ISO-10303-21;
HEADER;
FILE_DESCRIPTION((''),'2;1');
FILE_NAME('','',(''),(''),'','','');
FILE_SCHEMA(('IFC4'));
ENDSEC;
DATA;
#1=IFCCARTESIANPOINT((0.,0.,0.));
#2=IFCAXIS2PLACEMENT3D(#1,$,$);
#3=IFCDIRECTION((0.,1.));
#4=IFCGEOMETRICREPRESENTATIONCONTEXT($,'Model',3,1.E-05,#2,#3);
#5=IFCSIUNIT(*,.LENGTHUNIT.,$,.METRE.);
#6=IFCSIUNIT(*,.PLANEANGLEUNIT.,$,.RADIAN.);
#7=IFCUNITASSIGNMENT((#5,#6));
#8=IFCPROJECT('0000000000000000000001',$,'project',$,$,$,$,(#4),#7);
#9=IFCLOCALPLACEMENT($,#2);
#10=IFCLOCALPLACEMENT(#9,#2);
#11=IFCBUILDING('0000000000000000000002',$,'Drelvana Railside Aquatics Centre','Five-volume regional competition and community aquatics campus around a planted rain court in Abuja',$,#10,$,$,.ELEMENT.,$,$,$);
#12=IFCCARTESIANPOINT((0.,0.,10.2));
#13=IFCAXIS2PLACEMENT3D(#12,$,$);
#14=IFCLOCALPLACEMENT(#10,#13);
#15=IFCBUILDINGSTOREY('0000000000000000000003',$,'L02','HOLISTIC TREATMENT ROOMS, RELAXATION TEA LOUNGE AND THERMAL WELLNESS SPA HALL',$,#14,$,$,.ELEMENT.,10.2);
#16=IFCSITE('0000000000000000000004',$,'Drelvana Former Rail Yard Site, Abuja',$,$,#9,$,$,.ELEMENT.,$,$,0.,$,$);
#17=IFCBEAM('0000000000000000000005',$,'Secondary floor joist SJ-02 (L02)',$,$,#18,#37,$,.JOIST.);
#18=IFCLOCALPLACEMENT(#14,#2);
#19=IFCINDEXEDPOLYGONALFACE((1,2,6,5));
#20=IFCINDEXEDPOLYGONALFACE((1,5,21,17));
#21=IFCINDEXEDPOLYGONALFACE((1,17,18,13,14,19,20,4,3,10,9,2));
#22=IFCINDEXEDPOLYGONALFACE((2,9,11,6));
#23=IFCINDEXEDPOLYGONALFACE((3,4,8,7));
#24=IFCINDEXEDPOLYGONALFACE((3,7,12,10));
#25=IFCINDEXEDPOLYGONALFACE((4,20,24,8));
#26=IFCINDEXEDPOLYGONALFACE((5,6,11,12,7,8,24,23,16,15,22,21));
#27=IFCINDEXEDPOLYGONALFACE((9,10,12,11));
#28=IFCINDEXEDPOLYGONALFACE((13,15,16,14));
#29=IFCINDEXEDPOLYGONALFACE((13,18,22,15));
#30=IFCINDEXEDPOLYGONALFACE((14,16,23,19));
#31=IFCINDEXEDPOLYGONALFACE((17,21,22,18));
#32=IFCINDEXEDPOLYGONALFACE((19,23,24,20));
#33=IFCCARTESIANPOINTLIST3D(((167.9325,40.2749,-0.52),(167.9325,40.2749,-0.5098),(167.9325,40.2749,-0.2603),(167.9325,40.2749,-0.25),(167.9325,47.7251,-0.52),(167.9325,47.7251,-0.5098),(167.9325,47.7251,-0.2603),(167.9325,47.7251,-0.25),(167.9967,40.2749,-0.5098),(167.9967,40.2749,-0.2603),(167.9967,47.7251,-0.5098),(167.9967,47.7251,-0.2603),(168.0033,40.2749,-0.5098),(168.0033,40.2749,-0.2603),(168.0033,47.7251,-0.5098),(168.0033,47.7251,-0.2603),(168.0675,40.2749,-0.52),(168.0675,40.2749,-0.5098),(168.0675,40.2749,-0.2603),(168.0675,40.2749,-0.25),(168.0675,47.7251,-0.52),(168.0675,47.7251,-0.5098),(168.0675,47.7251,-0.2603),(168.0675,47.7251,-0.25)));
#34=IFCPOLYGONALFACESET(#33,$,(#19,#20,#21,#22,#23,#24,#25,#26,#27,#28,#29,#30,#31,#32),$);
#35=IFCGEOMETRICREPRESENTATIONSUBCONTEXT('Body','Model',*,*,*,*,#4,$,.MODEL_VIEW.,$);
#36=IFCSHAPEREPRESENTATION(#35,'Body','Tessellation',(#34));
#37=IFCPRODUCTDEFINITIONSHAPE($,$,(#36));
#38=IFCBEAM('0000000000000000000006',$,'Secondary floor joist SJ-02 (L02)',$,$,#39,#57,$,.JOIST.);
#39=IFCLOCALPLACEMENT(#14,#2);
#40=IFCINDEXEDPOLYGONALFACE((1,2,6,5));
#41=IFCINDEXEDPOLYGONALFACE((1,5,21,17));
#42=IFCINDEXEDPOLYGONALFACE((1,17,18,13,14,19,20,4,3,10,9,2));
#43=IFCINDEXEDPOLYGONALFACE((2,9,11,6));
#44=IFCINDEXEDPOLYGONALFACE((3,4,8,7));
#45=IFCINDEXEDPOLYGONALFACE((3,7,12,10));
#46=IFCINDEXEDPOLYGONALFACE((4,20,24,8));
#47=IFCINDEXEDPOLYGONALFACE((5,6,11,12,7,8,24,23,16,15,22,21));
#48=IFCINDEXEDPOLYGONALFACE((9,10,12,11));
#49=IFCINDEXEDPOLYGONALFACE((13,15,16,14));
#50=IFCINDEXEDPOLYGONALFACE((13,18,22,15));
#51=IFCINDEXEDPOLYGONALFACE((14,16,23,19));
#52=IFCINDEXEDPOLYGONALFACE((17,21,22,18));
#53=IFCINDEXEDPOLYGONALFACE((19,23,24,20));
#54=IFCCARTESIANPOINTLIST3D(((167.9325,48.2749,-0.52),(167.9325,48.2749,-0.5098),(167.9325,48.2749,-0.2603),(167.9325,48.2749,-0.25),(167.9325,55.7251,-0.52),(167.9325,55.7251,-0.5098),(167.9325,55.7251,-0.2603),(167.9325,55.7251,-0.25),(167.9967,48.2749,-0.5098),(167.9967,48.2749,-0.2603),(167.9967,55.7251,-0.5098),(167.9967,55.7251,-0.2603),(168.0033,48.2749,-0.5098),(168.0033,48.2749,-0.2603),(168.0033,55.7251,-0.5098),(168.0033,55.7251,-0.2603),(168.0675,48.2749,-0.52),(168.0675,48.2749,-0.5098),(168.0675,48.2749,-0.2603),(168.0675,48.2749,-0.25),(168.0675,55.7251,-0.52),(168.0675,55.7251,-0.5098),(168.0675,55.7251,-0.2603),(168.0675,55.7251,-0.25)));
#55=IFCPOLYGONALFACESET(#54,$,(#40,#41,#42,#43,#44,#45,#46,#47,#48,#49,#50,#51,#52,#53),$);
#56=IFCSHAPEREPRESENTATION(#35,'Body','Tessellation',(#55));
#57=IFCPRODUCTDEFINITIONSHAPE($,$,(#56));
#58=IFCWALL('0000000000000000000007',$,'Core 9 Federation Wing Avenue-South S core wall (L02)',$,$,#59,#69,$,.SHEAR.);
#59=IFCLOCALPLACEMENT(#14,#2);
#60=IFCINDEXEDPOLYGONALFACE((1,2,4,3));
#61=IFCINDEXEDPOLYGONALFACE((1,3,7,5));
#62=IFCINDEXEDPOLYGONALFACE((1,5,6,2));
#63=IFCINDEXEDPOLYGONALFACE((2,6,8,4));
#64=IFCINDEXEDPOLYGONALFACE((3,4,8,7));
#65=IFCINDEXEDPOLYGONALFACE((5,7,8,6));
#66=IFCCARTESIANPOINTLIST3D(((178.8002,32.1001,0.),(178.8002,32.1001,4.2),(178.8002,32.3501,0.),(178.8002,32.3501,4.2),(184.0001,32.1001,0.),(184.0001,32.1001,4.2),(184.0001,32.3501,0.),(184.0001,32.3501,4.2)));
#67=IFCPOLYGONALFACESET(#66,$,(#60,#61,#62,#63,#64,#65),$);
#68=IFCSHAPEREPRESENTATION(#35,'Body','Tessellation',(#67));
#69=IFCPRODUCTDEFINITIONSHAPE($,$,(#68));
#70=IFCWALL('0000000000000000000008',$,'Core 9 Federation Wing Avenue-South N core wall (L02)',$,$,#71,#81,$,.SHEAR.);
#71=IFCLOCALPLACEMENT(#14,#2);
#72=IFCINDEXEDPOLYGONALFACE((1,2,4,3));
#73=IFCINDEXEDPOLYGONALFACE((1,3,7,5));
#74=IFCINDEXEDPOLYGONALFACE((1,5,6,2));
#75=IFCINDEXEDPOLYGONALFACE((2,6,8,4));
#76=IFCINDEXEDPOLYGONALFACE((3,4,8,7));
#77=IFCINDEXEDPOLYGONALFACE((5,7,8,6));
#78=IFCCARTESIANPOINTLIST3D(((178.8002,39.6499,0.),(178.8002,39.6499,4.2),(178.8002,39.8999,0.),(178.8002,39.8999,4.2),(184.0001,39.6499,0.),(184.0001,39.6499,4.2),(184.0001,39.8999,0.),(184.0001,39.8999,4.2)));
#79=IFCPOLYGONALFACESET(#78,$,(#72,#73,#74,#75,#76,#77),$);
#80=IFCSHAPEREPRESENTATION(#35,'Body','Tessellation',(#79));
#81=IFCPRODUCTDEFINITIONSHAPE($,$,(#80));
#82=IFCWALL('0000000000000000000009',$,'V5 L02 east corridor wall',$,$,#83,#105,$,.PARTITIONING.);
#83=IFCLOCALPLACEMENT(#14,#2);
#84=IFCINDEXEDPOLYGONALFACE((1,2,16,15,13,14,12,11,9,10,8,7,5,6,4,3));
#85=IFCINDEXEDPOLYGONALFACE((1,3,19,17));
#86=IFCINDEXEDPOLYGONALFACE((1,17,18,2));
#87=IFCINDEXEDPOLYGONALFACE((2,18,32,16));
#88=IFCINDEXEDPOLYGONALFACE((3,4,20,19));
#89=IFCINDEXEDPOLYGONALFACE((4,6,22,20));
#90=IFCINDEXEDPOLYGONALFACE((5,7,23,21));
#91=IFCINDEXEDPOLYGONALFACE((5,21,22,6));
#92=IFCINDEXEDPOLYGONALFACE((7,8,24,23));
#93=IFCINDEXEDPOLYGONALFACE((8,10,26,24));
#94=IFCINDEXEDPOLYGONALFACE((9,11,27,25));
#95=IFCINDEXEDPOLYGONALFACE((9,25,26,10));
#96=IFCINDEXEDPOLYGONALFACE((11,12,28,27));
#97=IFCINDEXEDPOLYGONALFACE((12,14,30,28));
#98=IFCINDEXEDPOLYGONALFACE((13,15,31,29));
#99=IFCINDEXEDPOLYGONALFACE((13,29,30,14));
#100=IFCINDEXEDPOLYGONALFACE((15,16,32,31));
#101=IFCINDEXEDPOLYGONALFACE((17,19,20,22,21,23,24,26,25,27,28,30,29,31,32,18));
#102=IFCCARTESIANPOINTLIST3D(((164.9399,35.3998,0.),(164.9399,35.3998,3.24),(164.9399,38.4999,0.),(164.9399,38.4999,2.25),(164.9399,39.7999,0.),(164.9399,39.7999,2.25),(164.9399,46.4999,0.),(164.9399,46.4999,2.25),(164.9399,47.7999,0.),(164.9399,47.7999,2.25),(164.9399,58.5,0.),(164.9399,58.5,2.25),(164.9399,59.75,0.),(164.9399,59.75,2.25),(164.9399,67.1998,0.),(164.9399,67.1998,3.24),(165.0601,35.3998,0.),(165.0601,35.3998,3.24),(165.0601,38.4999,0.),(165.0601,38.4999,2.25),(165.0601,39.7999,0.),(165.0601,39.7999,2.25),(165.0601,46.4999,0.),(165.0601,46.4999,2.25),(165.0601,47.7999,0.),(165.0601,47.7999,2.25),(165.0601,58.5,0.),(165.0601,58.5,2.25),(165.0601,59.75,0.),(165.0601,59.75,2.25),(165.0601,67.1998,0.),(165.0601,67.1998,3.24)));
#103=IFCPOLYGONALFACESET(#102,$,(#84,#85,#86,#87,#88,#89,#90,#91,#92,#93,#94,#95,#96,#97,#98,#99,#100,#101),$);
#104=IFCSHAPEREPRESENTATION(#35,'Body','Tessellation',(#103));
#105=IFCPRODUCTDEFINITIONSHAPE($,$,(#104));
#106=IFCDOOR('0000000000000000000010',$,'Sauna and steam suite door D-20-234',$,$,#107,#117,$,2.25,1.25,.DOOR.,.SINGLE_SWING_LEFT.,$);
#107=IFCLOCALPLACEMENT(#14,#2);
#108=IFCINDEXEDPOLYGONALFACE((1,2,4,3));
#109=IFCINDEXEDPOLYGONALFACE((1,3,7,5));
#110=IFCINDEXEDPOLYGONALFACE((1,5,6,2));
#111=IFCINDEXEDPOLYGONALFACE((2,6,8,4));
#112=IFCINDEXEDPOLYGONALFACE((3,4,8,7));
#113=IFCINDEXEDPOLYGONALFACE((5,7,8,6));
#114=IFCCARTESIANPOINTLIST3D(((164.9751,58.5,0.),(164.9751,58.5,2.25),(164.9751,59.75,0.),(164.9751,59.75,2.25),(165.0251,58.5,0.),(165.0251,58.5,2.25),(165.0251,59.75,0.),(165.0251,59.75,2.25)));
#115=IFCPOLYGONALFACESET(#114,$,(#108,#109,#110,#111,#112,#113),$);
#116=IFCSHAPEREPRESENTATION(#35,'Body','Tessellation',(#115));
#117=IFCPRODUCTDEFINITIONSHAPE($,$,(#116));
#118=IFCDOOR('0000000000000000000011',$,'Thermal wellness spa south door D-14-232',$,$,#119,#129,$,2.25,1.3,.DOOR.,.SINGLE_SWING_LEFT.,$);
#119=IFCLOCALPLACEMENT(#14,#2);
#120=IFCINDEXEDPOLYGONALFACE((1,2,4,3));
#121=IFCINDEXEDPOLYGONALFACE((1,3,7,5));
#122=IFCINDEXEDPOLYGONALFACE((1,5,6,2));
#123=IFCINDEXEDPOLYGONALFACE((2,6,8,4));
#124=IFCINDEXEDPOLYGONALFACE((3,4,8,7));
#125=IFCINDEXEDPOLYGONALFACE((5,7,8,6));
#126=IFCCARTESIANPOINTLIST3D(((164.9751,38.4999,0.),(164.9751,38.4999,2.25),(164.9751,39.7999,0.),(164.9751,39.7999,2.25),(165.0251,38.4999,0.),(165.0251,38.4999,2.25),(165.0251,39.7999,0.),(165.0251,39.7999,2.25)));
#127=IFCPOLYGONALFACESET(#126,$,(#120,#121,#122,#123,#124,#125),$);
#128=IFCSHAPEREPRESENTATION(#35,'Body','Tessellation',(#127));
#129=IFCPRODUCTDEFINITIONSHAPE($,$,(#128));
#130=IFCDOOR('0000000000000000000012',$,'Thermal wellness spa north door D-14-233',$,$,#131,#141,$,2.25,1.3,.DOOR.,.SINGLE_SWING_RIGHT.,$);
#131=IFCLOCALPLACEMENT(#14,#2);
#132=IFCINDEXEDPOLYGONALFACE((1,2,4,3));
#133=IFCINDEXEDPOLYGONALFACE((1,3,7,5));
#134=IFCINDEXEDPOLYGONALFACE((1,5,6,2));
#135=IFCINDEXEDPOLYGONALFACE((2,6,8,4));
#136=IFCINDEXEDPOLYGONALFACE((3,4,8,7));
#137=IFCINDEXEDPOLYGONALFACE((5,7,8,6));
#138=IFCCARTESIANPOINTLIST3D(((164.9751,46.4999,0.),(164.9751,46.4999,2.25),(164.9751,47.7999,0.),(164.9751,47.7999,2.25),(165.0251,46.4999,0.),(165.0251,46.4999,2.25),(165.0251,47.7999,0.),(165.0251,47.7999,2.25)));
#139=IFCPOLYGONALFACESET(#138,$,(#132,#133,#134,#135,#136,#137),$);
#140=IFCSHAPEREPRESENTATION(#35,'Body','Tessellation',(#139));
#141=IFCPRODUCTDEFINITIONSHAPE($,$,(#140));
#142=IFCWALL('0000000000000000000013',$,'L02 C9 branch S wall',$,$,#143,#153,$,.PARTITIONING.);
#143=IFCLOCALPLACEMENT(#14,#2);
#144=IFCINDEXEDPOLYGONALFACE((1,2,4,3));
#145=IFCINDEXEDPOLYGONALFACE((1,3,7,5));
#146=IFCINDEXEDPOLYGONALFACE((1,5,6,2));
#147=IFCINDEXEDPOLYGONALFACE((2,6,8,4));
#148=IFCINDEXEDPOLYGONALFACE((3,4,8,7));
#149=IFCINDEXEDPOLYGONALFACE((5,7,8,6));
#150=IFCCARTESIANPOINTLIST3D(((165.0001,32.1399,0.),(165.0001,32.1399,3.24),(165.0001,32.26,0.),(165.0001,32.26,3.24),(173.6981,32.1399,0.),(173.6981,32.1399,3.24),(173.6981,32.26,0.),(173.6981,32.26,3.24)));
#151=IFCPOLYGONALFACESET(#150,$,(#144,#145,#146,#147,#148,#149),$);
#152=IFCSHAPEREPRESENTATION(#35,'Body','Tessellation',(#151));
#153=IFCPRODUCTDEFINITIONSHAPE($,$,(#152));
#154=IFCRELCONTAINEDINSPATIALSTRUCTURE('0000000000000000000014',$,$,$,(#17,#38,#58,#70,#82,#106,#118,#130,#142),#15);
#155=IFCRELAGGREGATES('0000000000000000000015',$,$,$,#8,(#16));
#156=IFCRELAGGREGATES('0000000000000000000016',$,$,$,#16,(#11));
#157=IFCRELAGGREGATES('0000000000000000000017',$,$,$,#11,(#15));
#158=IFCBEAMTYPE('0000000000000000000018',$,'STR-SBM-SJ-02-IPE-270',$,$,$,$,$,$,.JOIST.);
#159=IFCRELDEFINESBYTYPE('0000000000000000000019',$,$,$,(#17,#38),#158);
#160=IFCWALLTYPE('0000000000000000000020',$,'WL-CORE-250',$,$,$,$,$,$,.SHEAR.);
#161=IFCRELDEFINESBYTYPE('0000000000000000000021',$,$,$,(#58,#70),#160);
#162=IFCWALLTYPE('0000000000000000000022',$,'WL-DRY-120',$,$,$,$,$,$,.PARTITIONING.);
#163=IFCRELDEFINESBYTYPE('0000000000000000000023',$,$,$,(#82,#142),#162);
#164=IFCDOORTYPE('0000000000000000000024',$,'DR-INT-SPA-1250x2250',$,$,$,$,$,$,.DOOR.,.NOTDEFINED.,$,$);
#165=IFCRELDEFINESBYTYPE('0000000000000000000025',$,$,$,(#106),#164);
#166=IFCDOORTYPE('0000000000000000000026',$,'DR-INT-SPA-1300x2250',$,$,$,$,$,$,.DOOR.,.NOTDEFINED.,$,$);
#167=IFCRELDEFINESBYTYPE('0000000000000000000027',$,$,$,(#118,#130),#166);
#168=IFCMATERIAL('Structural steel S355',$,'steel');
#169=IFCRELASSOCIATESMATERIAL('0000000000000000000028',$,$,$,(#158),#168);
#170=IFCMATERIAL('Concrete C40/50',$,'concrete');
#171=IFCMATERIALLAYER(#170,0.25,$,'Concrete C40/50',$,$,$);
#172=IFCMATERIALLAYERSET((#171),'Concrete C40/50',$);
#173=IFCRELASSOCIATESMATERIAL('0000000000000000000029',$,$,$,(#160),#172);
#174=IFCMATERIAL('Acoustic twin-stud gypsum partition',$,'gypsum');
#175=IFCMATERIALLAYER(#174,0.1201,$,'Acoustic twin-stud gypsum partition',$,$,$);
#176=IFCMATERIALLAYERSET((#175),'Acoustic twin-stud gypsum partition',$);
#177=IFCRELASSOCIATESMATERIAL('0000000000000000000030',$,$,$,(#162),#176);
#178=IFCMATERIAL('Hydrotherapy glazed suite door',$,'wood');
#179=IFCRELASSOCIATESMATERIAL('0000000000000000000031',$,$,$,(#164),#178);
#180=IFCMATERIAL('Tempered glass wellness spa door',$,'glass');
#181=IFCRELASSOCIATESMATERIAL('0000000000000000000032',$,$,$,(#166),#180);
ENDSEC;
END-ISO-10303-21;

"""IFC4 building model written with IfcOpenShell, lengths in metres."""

from ifc_helpers import new_model, si_unit, direction, frame, frame_2d, origin, origin_2d, place, context, subcontext, project, spatial, rectangle, i_section, extrude, material, layer, layer_set, material_profile, profile_set, type_object, element, fill, save


model = new_model("IFC4")

# Units and contexts
model_context = context("Model", 3, precision=1e-05, world=origin(), true_north=direction((0.0, 1.0)))
body_context = subcontext(model_context, "Body", "Model", "MODEL_VIEW")
ifc_project = project(units=[si_unit("LENGTHUNIT", "METRE"), si_unit("PLANEANGLEUNIT", "RADIAN")], contexts=[model_context])

# Site, building, storey
site_placement = place(None, origin())
site = spatial("IfcSite", under=ifc_project, at=site_placement, Name="Drelvana Former Rail Yard Site, Abuja", CompositionType="ELEMENT", RefElevation=0.0)
building_placement = place(site_placement, origin())
building = spatial("IfcBuilding", under=site, at=building_placement, Name="Drelvana Railside Aquatics Centre", Description="Five-volume regional competition and community aquatics campus around a planted rain court in Abuja", CompositionType="ELEMENT")
storey_placement = place(building_placement, frame((0.0, 0.0, 10.2)))
storey = spatial("IfcBuildingStorey", under=building, at=storey_placement, Name="L02", Description="HOLISTIC TREATMENT ROOMS, RELAXATION TEA LOUNGE AND THERMAL WELLNESS SPA HALL", CompositionType="ELEMENT", Elevation=10.2)

# Shared definitions
ifc_material_1 = material(Name="Concrete C40/50", Category="concrete")

# Beams
ifc_material_2 = material(Name="Structural steel S355", Category="steel")
ifc_material_profile_1 = material_profile(ifc_material_2, i_section(OverallWidth=0.135, OverallDepth=0.27, WebThickness=0.0066, FlangeThickness=0.0103, at=origin_2d()), Name="IPE 270")
ifc_profile_set_1 = profile_set([ifc_material_profile_1], Name="Structural steel S355")
beam_type_1 = type_object("IfcBeamType", Name="STR-SBM-SJ-02-IPE-270", PredefinedType="JOIST", material=ifc_profile_set_1)
for number, where, z_axis, x_axis, name in (
    (1, (168.0, 40.2749, -0.385), (0.0, 1.0, 0.0), (-1.0, 0.0, 0.0), "Secondary floor joist SJ-02 (L02)"),
    (2, (168.0, 48.2749, -0.385), (0.0, 1.0, 0.0), (-1.0, 0.0, 0.0), "Secondary floor joist SJ-02 (L02)"),
):
    element("IfcBeam", number, at=place(storey_placement, frame(where, z_axis=z_axis, x_axis=x_axis)), inside=storey, type_object=beam_type_1, Name=name, PredefinedType="JOIST", context=body_context, shape_type="SweptSolid", body=[
        extrude(i_section(OverallWidth=0.135, OverallDepth=0.27, WebThickness=0.0066, FlangeThickness=0.0103, at=origin_2d()), origin(), (0.0, 0.0, 1.0), 7.4502),
    ])

# Walls
ifc_layer_1 = layer(ifc_material_1, 0.25, Name="Concrete C40/50")
ifc_layer_set_1 = layer_set([ifc_layer_1], Name="Concrete C40/50")
wall_type_1 = type_object("IfcWallType", Name="WL-CORE-250", PredefinedType="SHEAR", material=ifc_layer_set_1)
for number, where, z_axis, x_axis, name in (
    (3, (178.8, 32.2251, 0.0), (0.0, 0.0, 1.0), (1.0, 0.0, 0.0), "Core 9 Federation Wing Avenue-South S core wall (L02)"),
    (4, (178.8, 39.7749, 0.0), (0.0, 0.0, 1.0), (1.0, 0.0, 0.0), "Core 9 Federation Wing Avenue-South N core wall (L02)"),
):
    element("IfcWall", number, at=place(storey_placement, frame(where, z_axis=z_axis, x_axis=x_axis)), inside=storey, type_object=wall_type_1, Name=name, PredefinedType="SHEAR", context=body_context, shape_type="SweptSolid", body=[
        extrude(rectangle(XDim=5.2, YDim=0.25, at=frame_2d((2.6001, 0.0))), origin(), (0.0, 0.0, 1.0), 4.2),
    ])

# Wall, openings, doors
ifc_material_3 = material(Name="Acoustic twin-stud gypsum partition", Category="gypsum")
ifc_layer_2 = layer(ifc_material_3, 0.1201, Name="Acoustic twin-stud gypsum partition")
ifc_layer_set_2 = layer_set([ifc_layer_2], Name="Acoustic twin-stud gypsum partition")
wall_type_2 = type_object("IfcWallType", Name="WL-DRY-120", PredefinedType="PARTITIONING", material=ifc_layer_set_2)
wall_1_placement = place(storey_placement, frame((165.0, 35.3999, 0.0), z_axis=(0.0, 0.0, 1.0), x_axis=(0.0, 1.0, 0.0)))
wall_1 = element("IfcWall", 5, at=wall_1_placement, inside=storey, type_object=wall_type_2, Name="V5 L02 east corridor wall", PredefinedType="PARTITIONING", context=body_context, shape_type="SweptSolid", body=[
    extrude(rectangle(XDim=31.8, YDim=0.1201, at=frame_2d((15.8999, 0.0))), origin(), (0.0, 0.0, 1.0), 3.24),
])
opening_1_placement = place(wall_1_placement, frame((3.1001, 0.0, 0.0)))
opening_1 = element("IfcOpeningElement", 6, at=opening_1_placement, cuts=wall_1, PredefinedType="OPENING", context=body_context, shape_type="SweptSolid", body=[
    extrude(rectangle(XDim=1.3, YDim=2.25, at=frame_2d((0.6499, 1.125))), frame((0.0, 0.0701, 0.0), z_axis=(0.0, -1.0, 0.0), x_axis=(1.0, 0.0, 0.0)), (0.0, 0.0, 1.0), 0.1401),
])
opening_2_placement = place(wall_1_placement, frame((11.1001, 0.0, 0.0)))
opening_2 = element("IfcOpeningElement", 7, at=opening_2_placement, cuts=wall_1, PredefinedType="OPENING", context=body_context, shape_type="SweptSolid", body=[
    extrude(rectangle(XDim=1.3, YDim=2.25, at=frame_2d((0.6499, 1.125))), frame((0.0, 0.0701, 0.0), z_axis=(0.0, -1.0, 0.0), x_axis=(1.0, 0.0, 0.0)), (0.0, 0.0, 1.0), 0.1401),
])
opening_3_placement = place(wall_1_placement, frame((23.1001, 0.0, 0.0)))
opening_3 = element("IfcOpeningElement", 8, at=opening_3_placement, cuts=wall_1, PredefinedType="OPENING", context=body_context, shape_type="SweptSolid", body=[
    extrude(rectangle(XDim=1.25, YDim=2.25, at=frame_2d((0.625, 1.125))), frame((0.0, 0.0701, 0.0), z_axis=(0.0, -1.0, 0.0), x_axis=(1.0, 0.0, 0.0)), (0.0, 0.0, 1.0), 0.1401),
])
ifc_material_4 = material(Name="Hydrotherapy glazed suite door", Category="wood")
door_type_1 = type_object("IfcDoorType", Name="DR-INT-SPA-1250x2250", OperationType="NOTDEFINED", PredefinedType="DOOR", material=ifc_material_4)
door_1_placement = place(opening_3_placement, origin())
door_1 = element("IfcDoor", 9, at=door_1_placement, inside=storey, type_object=door_type_1, Name="Sauna and steam suite door D-20-234", OperationType="SINGLE_SWING_LEFT", OverallHeight=2.25, OverallWidth=1.25, PredefinedType="DOOR", context=body_context, shape_type="SweptSolid", body=[
    extrude(rectangle(XDim=1.25, YDim=2.25, at=frame_2d((0.625, 1.125))), frame((0.0, 0.0249, 0.0), z_axis=(0.0, -1.0, 0.0), x_axis=(1.0, 0.0, 0.0)), (0.0, 0.0, 1.0), 0.05),
])
fill(opening_3, door_1)
ifc_material_5 = material(Name="Tempered glass wellness spa door", Category="glass")
door_type_2 = type_object("IfcDoorType", Name="DR-INT-SPA-1300x2250", OperationType="NOTDEFINED", PredefinedType="DOOR", material=ifc_material_5)
door_2_placement = place(opening_1_placement, origin())
door_2 = element("IfcDoor", 10, at=door_2_placement, inside=storey, type_object=door_type_2, Name="Thermal wellness spa south door D-14-232", OperationType="SINGLE_SWING_LEFT", OverallHeight=2.25, OverallWidth=1.3, PredefinedType="DOOR", context=body_context, shape_type="SweptSolid", body=[
    extrude(rectangle(XDim=1.3, YDim=2.25, at=frame_2d((0.6499, 1.125))), frame((0.0, 0.0249, 0.0), z_axis=(0.0, -1.0, 0.0), x_axis=(1.0, 0.0, 0.0)), (0.0, 0.0, 1.0), 0.05),
])
fill(opening_1, door_2)
door_3_placement = place(opening_2_placement, origin())
door_3 = element("IfcDoor", 11, at=door_3_placement, inside=storey, type_object=door_type_2, Name="Thermal wellness spa north door D-14-233", OperationType="SINGLE_SWING_RIGHT", OverallHeight=2.25, OverallWidth=1.3, PredefinedType="DOOR", context=body_context, shape_type="SweptSolid", body=[
    extrude(rectangle(XDim=1.3, YDim=2.25, at=frame_2d((0.6499, 1.125))), frame((0.0, 0.0249, 0.0), z_axis=(0.0, -1.0, 0.0), x_axis=(1.0, 0.0, 0.0)), (0.0, 0.0, 1.0), 0.05),
])
fill(opening_2, door_3)

# Wall
wall_2_placement = place(storey_placement, frame((165.0, 32.2, 0.0), z_axis=(0.0, 0.0, 1.0), x_axis=(1.0, 0.0, 0.0)))
element("IfcWall", 12, at=wall_2_placement, inside=storey, type_object=wall_type_2, Name="L02 C9 branch S wall", PredefinedType="PARTITIONING", context=body_context, shape_type="SweptSolid", body=[
    extrude(rectangle(XDim=8.698, YDim=0.1201, at=frame_2d((4.3491, 0.0))), origin(), (0.0, 0.0, 1.0), 3.24),
])

save(model, "model.ifc")
